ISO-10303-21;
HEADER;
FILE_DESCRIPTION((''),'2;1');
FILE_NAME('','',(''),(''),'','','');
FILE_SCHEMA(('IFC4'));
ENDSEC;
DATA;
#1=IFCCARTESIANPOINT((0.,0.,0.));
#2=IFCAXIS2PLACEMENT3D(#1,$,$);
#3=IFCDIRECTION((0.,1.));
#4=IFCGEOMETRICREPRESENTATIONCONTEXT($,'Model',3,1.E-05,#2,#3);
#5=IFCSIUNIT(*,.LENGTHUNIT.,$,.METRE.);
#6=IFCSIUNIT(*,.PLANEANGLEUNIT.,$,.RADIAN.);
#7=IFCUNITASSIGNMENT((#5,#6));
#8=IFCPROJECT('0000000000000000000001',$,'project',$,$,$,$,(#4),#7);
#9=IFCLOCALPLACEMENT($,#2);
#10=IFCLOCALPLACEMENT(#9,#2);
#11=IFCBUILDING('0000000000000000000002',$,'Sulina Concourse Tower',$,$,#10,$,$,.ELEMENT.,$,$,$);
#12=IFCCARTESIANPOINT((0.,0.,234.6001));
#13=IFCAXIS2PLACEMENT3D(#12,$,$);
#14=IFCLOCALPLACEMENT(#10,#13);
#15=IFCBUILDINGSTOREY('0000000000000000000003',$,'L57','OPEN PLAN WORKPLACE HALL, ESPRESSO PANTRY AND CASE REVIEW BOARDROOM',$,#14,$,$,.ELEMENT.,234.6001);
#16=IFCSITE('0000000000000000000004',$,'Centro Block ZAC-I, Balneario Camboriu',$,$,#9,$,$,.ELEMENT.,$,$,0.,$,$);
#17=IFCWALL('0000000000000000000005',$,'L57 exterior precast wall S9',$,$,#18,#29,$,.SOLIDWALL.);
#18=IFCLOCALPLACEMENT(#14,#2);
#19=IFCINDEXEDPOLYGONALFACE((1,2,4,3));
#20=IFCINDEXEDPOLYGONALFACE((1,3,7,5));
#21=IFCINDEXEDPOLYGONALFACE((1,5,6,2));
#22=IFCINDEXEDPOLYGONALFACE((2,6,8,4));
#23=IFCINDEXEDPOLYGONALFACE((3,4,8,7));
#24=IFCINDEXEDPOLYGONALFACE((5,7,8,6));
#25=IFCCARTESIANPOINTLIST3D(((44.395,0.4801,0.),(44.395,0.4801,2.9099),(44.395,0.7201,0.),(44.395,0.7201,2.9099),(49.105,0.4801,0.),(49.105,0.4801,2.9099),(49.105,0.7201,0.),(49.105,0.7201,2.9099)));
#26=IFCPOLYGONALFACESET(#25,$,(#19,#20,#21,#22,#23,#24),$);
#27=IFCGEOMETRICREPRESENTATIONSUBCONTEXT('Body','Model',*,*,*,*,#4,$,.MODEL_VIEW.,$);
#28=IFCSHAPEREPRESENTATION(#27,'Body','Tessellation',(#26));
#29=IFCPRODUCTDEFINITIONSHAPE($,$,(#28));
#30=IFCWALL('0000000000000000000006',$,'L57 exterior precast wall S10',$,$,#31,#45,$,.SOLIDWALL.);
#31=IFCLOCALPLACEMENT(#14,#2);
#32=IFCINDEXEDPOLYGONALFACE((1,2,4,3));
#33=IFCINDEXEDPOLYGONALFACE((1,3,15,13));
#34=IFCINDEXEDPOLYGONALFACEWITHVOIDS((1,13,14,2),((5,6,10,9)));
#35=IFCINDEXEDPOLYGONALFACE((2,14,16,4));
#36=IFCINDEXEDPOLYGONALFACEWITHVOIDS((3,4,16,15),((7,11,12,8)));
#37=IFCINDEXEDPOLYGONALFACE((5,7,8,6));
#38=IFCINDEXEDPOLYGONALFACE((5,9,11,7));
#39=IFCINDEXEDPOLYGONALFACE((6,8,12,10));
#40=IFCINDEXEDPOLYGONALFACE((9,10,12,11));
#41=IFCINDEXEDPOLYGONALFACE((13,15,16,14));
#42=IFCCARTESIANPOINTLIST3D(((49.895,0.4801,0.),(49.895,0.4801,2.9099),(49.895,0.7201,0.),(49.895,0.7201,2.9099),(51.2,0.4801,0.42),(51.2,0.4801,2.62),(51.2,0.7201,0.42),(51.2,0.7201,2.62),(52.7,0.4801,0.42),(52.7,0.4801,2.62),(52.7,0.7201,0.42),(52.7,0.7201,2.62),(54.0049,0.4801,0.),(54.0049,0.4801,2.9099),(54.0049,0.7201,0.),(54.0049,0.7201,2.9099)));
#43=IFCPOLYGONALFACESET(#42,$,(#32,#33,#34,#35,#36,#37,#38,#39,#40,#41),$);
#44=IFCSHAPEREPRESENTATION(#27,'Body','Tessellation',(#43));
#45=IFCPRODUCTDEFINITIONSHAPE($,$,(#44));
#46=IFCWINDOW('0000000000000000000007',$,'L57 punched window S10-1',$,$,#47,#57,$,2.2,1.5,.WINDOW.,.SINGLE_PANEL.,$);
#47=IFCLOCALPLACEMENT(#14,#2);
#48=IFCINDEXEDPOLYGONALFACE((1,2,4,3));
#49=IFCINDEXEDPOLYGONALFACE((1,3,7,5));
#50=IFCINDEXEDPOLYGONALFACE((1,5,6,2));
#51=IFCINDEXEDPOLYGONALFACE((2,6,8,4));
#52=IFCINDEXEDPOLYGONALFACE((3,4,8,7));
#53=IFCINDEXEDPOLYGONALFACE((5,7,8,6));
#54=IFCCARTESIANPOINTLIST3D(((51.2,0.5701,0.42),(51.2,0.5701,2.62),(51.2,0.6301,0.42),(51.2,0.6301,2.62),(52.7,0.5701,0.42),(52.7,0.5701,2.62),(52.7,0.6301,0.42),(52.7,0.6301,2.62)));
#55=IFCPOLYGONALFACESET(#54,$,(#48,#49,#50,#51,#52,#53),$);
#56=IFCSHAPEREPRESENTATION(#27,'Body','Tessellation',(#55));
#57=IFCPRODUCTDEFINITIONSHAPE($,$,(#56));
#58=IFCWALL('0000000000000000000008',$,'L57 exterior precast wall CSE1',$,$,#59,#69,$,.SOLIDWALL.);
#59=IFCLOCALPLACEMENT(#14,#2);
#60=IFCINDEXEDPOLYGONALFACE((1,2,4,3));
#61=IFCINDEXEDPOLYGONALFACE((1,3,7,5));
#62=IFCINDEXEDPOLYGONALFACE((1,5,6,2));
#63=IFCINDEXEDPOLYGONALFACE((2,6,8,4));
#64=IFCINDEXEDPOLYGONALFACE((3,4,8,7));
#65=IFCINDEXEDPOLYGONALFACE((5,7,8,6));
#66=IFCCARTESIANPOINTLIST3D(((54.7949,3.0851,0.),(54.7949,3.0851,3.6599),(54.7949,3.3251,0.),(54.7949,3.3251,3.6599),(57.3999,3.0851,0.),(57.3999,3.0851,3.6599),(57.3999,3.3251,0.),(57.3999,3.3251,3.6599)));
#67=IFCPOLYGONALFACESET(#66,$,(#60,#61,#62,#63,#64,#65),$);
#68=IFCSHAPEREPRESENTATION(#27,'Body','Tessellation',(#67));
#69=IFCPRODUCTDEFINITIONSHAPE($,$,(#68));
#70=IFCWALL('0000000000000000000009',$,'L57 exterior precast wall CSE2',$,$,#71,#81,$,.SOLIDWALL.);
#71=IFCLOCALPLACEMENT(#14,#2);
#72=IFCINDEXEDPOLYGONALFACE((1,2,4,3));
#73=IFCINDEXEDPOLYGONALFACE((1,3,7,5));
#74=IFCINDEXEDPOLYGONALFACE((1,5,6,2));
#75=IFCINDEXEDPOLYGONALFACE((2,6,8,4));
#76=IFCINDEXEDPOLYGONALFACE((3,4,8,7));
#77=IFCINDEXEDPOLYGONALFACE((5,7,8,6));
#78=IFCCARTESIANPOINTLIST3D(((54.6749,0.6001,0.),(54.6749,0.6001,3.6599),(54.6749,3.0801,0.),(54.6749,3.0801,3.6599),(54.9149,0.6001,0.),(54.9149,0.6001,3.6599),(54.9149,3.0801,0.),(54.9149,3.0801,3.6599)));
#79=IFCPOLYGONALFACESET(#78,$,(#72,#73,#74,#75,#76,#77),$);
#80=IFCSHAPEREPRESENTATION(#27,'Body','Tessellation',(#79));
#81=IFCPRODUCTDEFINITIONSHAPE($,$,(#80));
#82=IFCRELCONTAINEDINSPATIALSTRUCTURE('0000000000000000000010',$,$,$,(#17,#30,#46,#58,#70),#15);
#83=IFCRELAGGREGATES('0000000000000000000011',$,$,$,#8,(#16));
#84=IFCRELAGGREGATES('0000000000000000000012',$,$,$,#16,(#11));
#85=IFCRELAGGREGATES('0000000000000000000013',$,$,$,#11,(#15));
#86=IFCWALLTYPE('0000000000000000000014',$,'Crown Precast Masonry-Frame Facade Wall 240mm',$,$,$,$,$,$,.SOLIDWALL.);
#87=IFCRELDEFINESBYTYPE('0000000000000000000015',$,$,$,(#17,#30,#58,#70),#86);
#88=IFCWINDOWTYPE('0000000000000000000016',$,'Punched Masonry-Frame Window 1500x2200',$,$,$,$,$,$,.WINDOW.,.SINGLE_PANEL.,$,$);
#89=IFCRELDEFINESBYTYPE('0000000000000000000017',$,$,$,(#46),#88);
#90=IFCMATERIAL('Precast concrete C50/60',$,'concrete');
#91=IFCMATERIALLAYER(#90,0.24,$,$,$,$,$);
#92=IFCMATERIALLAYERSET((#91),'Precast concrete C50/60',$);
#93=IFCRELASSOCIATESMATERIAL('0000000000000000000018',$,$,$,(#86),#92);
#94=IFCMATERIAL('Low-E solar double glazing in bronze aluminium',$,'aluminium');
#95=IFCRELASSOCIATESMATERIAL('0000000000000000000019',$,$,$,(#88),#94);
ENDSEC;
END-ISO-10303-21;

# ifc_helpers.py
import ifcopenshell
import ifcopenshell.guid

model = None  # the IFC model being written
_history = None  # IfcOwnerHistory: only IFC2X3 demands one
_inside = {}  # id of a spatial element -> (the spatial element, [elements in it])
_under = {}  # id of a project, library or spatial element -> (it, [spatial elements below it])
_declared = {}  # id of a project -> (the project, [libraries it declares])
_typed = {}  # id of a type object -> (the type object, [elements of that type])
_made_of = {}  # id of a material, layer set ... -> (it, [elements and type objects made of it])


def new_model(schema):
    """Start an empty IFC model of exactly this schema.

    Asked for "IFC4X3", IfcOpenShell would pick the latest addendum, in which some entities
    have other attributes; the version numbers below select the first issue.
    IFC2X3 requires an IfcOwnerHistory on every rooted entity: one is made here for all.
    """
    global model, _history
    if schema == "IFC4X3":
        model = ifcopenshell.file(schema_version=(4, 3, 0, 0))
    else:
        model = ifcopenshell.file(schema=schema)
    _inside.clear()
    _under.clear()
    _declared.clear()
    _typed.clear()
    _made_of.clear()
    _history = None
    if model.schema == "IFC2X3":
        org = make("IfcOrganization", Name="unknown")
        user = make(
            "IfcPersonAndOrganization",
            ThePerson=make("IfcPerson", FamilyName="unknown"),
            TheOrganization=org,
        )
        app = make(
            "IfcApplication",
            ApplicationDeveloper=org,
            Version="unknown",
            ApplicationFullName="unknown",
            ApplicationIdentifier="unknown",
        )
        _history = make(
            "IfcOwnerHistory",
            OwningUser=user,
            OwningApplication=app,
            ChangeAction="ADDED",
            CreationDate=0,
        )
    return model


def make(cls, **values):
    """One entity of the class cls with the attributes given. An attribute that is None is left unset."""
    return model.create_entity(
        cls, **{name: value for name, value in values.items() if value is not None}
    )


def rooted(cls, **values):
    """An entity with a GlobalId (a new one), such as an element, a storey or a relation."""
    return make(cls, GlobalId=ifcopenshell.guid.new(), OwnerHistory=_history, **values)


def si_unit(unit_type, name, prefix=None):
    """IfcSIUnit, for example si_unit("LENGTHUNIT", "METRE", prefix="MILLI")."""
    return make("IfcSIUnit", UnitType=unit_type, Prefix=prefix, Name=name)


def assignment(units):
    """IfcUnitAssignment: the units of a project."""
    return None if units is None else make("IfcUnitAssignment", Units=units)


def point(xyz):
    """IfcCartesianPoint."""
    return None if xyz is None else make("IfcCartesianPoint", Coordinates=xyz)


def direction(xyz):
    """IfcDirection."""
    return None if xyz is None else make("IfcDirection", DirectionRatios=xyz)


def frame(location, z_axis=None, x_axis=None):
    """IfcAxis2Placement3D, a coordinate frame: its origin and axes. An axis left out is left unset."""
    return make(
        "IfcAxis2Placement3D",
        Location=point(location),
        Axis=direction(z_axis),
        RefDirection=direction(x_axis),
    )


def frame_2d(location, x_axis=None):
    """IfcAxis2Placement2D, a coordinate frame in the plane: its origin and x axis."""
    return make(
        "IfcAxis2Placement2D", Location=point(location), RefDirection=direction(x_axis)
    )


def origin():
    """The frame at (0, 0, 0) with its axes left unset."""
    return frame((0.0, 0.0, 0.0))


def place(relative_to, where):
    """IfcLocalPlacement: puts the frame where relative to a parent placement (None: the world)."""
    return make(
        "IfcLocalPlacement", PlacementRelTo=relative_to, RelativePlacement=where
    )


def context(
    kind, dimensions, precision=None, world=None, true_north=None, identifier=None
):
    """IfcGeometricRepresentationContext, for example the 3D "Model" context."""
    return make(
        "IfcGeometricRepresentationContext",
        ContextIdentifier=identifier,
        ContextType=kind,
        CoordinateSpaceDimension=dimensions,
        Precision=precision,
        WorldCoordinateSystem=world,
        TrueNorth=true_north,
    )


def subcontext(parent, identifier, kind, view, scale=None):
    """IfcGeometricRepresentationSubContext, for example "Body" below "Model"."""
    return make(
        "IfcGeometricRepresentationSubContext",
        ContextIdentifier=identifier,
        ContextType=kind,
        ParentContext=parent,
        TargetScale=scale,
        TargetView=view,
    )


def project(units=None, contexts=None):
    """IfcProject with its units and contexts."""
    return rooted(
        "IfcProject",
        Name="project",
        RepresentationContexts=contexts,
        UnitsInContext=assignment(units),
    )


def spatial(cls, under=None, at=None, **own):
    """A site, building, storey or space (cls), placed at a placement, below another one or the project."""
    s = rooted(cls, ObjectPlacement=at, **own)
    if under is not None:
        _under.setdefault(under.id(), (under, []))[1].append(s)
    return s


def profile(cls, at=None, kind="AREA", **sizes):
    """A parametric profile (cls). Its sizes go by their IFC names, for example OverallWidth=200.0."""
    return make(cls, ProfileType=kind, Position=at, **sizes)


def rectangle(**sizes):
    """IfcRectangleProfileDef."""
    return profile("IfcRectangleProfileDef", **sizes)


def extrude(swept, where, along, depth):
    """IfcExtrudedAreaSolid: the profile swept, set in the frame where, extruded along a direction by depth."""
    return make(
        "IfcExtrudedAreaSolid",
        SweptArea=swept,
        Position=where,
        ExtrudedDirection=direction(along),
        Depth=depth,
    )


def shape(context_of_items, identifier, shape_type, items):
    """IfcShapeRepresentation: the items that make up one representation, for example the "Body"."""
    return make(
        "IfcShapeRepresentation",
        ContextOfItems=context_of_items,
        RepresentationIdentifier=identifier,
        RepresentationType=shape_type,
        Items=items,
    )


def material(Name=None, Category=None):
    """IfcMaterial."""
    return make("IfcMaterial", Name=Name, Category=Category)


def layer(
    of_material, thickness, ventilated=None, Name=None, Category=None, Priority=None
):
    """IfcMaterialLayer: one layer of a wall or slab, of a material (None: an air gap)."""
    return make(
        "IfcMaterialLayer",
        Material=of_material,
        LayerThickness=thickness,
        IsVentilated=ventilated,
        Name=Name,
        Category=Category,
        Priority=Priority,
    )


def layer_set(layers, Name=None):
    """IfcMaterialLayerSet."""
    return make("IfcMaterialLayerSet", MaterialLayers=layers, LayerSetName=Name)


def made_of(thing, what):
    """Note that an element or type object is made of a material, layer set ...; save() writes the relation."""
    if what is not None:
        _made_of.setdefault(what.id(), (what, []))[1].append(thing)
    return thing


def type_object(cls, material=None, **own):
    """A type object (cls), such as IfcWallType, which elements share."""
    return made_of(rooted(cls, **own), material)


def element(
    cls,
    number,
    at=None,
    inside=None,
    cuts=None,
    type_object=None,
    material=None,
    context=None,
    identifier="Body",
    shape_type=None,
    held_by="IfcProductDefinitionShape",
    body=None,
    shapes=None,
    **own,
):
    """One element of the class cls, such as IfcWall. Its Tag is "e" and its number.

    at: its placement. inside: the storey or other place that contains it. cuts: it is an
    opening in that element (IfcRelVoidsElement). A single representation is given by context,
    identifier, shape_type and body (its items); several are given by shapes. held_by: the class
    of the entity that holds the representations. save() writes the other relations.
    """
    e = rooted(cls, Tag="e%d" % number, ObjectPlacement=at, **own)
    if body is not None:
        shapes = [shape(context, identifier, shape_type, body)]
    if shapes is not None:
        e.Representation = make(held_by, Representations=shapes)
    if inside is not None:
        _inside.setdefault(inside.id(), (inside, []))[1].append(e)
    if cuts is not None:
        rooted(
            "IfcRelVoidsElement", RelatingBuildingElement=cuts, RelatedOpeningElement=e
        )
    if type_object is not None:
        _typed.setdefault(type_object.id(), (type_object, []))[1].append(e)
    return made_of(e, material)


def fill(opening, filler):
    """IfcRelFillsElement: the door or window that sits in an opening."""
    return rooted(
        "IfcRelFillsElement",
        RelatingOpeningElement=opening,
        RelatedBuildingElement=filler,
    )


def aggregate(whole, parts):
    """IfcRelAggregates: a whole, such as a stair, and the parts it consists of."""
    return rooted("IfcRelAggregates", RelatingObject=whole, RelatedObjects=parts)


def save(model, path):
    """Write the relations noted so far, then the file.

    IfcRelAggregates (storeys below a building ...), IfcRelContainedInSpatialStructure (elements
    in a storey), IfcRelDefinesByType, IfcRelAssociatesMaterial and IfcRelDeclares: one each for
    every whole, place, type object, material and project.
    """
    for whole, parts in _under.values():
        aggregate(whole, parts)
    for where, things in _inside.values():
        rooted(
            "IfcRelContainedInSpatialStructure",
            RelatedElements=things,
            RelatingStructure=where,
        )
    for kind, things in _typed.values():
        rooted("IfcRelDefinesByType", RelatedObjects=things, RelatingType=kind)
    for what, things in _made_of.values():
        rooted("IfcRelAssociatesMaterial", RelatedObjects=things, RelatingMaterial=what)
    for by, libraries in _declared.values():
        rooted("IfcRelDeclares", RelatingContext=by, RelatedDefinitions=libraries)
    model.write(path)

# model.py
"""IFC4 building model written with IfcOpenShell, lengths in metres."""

from ifc_helpers import new_model, si_unit, direction, frame, frame_2d, origin, place, context, subcontext, project, spatial, rectangle, extrude, material, layer, layer_set, type_object, element, fill, save


model = new_model("IFC4")

# Units and contexts
model_context = context("Model", 3, precision=1e-05, world=origin(), true_north=direction((0.0, 1.0)))
body_context = subcontext(model_context, "Body", "Model", "MODEL_VIEW")
ifc_project = project(units=[si_unit("LENGTHUNIT", "METRE"), si_unit("PLANEANGLEUNIT", "RADIAN")], contexts=[model_context])

# Site, building, storey
site_placement = place(None, origin())
site = spatial("IfcSite", under=ifc_project, at=site_placement, Name="Centro Block ZAC-I, Balneario Camboriu", CompositionType="ELEMENT", RefElevation=0.0)
building_placement = place(site_placement, origin())
building = spatial("IfcBuilding", under=site, at=building_placement, Name="Sulina Concourse Tower", CompositionType="ELEMENT")
storey_placement = place(building_placement, frame((0.0, 0.0, 234.6001)))
storey = spatial("IfcBuildingStorey", under=building, at=storey_placement, Name="L57", Description="OPEN PLAN WORKPLACE HALL, ESPRESSO PANTRY AND CASE REVIEW BOARDROOM", CompositionType="ELEMENT", Elevation=234.6001)

# Wall
ifc_material_1 = material(Name="Precast concrete C50/60", Category="concrete")
ifc_layer = layer(ifc_material_1, 0.24)
ifc_layer_set = layer_set([ifc_layer], Name="Precast concrete C50/60")
wall_type = type_object("IfcWallType", Name="Crown Precast Masonry-Frame Facade Wall 240mm", PredefinedType="SOLIDWALL", material=ifc_layer_set)
wall_1_placement = place(storey_placement, frame((49.105, 0.6001, 0.0), z_axis=(0.0, 0.0, 1.0), x_axis=(-1.0, 0.0, 0.0)))
element("IfcWall", 1, at=wall_1_placement, inside=storey, type_object=wall_type, Name="L57 exterior precast wall S9", PredefinedType="SOLIDWALL", context=body_context, shape_type="SweptSolid", body=[
    extrude(rectangle(XDim=4.71, YDim=0.24, at=frame_2d((2.355, 0.0))), origin(), (0.0, 0.0, 1.0), 2.9099),
])

# Wall, opening, window
wall_2_placement = place(storey_placement, frame((54.0049, 0.6001, 0.0), z_axis=(0.0, 0.0, 1.0), x_axis=(-1.0, 0.0, 0.0)))
wall_2 = element("IfcWall", 2, at=wall_2_placement, inside=storey, type_object=wall_type, Name="L57 exterior precast wall S10", PredefinedType="SOLIDWALL", context=body_context, shape_type="SweptSolid", body=[
    extrude(rectangle(XDim=4.1099, YDim=0.24, at=frame_2d((2.0549, 0.0))), origin(), (0.0, 0.0, 1.0), 2.9099),
])
opening_placement = place(wall_2_placement, frame((1.3049, 0.0, 0.4199)))
opening = element("IfcOpeningElement", 3, at=opening_placement, cuts=wall_2, PredefinedType="OPENING", context=body_context, shape_type="SweptSolid", body=[
    extrude(rectangle(XDim=1.5, YDim=2.2, at=frame_2d((0.75, 1.1001))), frame((0.0, 0.1299, 0.0), z_axis=(0.0, -1.0, 0.0), x_axis=(1.0, 0.0, 0.0)), (0.0, 0.0, 1.0), 0.26),
])
ifc_material_2 = material(Name="Low-E solar double glazing in bronze aluminium", Category="aluminium")
window_type = type_object("IfcWindowType", Name="Punched Masonry-Frame Window 1500x2200", PartitioningType="SINGLE_PANEL", PredefinedType="WINDOW", material=ifc_material_2)
window_placement = place(opening_placement, origin())
window = element("IfcWindow", 4, at=window_placement, inside=storey, type_object=window_type, Name="L57 punched window S10-1", OverallHeight=2.2, OverallWidth=1.5, PartitioningType="SINGLE_PANEL", PredefinedType="WINDOW", context=body_context, shape_type="SweptSolid", body=[
    extrude(rectangle(XDim=1.5, YDim=2.2, at=frame_2d((0.75, 1.1001))), frame((0.0, 0.03, 0.0), z_axis=(0.0, -1.0, 0.0), x_axis=(1.0, 0.0, 0.0)), (0.0, 0.0, 1.0), 0.0601),
])
fill(opening, window)

# Walls
wall_3_placement = place(storey_placement, frame((57.3999, 3.2051, 0.0), z_axis=(0.0, 0.0, 1.0), x_axis=(-1.0, 0.0, 0.0)))
element("IfcWall", 5, at=wall_3_placement, inside=storey, type_object=wall_type, Name="L57 exterior precast wall CSE1", PredefinedType="SOLIDWALL", context=body_context, shape_type="SweptSolid", body=[
    extrude(rectangle(XDim=2.605, YDim=0.24, at=frame_2d((1.3025, 0.0))), origin(), (0.0, 0.0, 1.0), 3.6599),
])
wall_4_placement = place(storey_placement, frame((54.7949, 3.0801, 0.0), z_axis=(0.0, 0.0, 1.0), x_axis=(0.0, -1.0, 0.0)))
element("IfcWall", 6, at=wall_4_placement, inside=storey, type_object=wall_type, Name="L57 exterior precast wall CSE2", PredefinedType="SOLIDWALL", context=body_context, shape_type="SweptSolid", body=[
    extrude(rectangle(XDim=2.48, YDim=0.24, at=frame_2d((1.24, 0.0))), origin(), (0.0, 0.0, 1.0), 3.6599),
])

save(model, "model.ifc")
